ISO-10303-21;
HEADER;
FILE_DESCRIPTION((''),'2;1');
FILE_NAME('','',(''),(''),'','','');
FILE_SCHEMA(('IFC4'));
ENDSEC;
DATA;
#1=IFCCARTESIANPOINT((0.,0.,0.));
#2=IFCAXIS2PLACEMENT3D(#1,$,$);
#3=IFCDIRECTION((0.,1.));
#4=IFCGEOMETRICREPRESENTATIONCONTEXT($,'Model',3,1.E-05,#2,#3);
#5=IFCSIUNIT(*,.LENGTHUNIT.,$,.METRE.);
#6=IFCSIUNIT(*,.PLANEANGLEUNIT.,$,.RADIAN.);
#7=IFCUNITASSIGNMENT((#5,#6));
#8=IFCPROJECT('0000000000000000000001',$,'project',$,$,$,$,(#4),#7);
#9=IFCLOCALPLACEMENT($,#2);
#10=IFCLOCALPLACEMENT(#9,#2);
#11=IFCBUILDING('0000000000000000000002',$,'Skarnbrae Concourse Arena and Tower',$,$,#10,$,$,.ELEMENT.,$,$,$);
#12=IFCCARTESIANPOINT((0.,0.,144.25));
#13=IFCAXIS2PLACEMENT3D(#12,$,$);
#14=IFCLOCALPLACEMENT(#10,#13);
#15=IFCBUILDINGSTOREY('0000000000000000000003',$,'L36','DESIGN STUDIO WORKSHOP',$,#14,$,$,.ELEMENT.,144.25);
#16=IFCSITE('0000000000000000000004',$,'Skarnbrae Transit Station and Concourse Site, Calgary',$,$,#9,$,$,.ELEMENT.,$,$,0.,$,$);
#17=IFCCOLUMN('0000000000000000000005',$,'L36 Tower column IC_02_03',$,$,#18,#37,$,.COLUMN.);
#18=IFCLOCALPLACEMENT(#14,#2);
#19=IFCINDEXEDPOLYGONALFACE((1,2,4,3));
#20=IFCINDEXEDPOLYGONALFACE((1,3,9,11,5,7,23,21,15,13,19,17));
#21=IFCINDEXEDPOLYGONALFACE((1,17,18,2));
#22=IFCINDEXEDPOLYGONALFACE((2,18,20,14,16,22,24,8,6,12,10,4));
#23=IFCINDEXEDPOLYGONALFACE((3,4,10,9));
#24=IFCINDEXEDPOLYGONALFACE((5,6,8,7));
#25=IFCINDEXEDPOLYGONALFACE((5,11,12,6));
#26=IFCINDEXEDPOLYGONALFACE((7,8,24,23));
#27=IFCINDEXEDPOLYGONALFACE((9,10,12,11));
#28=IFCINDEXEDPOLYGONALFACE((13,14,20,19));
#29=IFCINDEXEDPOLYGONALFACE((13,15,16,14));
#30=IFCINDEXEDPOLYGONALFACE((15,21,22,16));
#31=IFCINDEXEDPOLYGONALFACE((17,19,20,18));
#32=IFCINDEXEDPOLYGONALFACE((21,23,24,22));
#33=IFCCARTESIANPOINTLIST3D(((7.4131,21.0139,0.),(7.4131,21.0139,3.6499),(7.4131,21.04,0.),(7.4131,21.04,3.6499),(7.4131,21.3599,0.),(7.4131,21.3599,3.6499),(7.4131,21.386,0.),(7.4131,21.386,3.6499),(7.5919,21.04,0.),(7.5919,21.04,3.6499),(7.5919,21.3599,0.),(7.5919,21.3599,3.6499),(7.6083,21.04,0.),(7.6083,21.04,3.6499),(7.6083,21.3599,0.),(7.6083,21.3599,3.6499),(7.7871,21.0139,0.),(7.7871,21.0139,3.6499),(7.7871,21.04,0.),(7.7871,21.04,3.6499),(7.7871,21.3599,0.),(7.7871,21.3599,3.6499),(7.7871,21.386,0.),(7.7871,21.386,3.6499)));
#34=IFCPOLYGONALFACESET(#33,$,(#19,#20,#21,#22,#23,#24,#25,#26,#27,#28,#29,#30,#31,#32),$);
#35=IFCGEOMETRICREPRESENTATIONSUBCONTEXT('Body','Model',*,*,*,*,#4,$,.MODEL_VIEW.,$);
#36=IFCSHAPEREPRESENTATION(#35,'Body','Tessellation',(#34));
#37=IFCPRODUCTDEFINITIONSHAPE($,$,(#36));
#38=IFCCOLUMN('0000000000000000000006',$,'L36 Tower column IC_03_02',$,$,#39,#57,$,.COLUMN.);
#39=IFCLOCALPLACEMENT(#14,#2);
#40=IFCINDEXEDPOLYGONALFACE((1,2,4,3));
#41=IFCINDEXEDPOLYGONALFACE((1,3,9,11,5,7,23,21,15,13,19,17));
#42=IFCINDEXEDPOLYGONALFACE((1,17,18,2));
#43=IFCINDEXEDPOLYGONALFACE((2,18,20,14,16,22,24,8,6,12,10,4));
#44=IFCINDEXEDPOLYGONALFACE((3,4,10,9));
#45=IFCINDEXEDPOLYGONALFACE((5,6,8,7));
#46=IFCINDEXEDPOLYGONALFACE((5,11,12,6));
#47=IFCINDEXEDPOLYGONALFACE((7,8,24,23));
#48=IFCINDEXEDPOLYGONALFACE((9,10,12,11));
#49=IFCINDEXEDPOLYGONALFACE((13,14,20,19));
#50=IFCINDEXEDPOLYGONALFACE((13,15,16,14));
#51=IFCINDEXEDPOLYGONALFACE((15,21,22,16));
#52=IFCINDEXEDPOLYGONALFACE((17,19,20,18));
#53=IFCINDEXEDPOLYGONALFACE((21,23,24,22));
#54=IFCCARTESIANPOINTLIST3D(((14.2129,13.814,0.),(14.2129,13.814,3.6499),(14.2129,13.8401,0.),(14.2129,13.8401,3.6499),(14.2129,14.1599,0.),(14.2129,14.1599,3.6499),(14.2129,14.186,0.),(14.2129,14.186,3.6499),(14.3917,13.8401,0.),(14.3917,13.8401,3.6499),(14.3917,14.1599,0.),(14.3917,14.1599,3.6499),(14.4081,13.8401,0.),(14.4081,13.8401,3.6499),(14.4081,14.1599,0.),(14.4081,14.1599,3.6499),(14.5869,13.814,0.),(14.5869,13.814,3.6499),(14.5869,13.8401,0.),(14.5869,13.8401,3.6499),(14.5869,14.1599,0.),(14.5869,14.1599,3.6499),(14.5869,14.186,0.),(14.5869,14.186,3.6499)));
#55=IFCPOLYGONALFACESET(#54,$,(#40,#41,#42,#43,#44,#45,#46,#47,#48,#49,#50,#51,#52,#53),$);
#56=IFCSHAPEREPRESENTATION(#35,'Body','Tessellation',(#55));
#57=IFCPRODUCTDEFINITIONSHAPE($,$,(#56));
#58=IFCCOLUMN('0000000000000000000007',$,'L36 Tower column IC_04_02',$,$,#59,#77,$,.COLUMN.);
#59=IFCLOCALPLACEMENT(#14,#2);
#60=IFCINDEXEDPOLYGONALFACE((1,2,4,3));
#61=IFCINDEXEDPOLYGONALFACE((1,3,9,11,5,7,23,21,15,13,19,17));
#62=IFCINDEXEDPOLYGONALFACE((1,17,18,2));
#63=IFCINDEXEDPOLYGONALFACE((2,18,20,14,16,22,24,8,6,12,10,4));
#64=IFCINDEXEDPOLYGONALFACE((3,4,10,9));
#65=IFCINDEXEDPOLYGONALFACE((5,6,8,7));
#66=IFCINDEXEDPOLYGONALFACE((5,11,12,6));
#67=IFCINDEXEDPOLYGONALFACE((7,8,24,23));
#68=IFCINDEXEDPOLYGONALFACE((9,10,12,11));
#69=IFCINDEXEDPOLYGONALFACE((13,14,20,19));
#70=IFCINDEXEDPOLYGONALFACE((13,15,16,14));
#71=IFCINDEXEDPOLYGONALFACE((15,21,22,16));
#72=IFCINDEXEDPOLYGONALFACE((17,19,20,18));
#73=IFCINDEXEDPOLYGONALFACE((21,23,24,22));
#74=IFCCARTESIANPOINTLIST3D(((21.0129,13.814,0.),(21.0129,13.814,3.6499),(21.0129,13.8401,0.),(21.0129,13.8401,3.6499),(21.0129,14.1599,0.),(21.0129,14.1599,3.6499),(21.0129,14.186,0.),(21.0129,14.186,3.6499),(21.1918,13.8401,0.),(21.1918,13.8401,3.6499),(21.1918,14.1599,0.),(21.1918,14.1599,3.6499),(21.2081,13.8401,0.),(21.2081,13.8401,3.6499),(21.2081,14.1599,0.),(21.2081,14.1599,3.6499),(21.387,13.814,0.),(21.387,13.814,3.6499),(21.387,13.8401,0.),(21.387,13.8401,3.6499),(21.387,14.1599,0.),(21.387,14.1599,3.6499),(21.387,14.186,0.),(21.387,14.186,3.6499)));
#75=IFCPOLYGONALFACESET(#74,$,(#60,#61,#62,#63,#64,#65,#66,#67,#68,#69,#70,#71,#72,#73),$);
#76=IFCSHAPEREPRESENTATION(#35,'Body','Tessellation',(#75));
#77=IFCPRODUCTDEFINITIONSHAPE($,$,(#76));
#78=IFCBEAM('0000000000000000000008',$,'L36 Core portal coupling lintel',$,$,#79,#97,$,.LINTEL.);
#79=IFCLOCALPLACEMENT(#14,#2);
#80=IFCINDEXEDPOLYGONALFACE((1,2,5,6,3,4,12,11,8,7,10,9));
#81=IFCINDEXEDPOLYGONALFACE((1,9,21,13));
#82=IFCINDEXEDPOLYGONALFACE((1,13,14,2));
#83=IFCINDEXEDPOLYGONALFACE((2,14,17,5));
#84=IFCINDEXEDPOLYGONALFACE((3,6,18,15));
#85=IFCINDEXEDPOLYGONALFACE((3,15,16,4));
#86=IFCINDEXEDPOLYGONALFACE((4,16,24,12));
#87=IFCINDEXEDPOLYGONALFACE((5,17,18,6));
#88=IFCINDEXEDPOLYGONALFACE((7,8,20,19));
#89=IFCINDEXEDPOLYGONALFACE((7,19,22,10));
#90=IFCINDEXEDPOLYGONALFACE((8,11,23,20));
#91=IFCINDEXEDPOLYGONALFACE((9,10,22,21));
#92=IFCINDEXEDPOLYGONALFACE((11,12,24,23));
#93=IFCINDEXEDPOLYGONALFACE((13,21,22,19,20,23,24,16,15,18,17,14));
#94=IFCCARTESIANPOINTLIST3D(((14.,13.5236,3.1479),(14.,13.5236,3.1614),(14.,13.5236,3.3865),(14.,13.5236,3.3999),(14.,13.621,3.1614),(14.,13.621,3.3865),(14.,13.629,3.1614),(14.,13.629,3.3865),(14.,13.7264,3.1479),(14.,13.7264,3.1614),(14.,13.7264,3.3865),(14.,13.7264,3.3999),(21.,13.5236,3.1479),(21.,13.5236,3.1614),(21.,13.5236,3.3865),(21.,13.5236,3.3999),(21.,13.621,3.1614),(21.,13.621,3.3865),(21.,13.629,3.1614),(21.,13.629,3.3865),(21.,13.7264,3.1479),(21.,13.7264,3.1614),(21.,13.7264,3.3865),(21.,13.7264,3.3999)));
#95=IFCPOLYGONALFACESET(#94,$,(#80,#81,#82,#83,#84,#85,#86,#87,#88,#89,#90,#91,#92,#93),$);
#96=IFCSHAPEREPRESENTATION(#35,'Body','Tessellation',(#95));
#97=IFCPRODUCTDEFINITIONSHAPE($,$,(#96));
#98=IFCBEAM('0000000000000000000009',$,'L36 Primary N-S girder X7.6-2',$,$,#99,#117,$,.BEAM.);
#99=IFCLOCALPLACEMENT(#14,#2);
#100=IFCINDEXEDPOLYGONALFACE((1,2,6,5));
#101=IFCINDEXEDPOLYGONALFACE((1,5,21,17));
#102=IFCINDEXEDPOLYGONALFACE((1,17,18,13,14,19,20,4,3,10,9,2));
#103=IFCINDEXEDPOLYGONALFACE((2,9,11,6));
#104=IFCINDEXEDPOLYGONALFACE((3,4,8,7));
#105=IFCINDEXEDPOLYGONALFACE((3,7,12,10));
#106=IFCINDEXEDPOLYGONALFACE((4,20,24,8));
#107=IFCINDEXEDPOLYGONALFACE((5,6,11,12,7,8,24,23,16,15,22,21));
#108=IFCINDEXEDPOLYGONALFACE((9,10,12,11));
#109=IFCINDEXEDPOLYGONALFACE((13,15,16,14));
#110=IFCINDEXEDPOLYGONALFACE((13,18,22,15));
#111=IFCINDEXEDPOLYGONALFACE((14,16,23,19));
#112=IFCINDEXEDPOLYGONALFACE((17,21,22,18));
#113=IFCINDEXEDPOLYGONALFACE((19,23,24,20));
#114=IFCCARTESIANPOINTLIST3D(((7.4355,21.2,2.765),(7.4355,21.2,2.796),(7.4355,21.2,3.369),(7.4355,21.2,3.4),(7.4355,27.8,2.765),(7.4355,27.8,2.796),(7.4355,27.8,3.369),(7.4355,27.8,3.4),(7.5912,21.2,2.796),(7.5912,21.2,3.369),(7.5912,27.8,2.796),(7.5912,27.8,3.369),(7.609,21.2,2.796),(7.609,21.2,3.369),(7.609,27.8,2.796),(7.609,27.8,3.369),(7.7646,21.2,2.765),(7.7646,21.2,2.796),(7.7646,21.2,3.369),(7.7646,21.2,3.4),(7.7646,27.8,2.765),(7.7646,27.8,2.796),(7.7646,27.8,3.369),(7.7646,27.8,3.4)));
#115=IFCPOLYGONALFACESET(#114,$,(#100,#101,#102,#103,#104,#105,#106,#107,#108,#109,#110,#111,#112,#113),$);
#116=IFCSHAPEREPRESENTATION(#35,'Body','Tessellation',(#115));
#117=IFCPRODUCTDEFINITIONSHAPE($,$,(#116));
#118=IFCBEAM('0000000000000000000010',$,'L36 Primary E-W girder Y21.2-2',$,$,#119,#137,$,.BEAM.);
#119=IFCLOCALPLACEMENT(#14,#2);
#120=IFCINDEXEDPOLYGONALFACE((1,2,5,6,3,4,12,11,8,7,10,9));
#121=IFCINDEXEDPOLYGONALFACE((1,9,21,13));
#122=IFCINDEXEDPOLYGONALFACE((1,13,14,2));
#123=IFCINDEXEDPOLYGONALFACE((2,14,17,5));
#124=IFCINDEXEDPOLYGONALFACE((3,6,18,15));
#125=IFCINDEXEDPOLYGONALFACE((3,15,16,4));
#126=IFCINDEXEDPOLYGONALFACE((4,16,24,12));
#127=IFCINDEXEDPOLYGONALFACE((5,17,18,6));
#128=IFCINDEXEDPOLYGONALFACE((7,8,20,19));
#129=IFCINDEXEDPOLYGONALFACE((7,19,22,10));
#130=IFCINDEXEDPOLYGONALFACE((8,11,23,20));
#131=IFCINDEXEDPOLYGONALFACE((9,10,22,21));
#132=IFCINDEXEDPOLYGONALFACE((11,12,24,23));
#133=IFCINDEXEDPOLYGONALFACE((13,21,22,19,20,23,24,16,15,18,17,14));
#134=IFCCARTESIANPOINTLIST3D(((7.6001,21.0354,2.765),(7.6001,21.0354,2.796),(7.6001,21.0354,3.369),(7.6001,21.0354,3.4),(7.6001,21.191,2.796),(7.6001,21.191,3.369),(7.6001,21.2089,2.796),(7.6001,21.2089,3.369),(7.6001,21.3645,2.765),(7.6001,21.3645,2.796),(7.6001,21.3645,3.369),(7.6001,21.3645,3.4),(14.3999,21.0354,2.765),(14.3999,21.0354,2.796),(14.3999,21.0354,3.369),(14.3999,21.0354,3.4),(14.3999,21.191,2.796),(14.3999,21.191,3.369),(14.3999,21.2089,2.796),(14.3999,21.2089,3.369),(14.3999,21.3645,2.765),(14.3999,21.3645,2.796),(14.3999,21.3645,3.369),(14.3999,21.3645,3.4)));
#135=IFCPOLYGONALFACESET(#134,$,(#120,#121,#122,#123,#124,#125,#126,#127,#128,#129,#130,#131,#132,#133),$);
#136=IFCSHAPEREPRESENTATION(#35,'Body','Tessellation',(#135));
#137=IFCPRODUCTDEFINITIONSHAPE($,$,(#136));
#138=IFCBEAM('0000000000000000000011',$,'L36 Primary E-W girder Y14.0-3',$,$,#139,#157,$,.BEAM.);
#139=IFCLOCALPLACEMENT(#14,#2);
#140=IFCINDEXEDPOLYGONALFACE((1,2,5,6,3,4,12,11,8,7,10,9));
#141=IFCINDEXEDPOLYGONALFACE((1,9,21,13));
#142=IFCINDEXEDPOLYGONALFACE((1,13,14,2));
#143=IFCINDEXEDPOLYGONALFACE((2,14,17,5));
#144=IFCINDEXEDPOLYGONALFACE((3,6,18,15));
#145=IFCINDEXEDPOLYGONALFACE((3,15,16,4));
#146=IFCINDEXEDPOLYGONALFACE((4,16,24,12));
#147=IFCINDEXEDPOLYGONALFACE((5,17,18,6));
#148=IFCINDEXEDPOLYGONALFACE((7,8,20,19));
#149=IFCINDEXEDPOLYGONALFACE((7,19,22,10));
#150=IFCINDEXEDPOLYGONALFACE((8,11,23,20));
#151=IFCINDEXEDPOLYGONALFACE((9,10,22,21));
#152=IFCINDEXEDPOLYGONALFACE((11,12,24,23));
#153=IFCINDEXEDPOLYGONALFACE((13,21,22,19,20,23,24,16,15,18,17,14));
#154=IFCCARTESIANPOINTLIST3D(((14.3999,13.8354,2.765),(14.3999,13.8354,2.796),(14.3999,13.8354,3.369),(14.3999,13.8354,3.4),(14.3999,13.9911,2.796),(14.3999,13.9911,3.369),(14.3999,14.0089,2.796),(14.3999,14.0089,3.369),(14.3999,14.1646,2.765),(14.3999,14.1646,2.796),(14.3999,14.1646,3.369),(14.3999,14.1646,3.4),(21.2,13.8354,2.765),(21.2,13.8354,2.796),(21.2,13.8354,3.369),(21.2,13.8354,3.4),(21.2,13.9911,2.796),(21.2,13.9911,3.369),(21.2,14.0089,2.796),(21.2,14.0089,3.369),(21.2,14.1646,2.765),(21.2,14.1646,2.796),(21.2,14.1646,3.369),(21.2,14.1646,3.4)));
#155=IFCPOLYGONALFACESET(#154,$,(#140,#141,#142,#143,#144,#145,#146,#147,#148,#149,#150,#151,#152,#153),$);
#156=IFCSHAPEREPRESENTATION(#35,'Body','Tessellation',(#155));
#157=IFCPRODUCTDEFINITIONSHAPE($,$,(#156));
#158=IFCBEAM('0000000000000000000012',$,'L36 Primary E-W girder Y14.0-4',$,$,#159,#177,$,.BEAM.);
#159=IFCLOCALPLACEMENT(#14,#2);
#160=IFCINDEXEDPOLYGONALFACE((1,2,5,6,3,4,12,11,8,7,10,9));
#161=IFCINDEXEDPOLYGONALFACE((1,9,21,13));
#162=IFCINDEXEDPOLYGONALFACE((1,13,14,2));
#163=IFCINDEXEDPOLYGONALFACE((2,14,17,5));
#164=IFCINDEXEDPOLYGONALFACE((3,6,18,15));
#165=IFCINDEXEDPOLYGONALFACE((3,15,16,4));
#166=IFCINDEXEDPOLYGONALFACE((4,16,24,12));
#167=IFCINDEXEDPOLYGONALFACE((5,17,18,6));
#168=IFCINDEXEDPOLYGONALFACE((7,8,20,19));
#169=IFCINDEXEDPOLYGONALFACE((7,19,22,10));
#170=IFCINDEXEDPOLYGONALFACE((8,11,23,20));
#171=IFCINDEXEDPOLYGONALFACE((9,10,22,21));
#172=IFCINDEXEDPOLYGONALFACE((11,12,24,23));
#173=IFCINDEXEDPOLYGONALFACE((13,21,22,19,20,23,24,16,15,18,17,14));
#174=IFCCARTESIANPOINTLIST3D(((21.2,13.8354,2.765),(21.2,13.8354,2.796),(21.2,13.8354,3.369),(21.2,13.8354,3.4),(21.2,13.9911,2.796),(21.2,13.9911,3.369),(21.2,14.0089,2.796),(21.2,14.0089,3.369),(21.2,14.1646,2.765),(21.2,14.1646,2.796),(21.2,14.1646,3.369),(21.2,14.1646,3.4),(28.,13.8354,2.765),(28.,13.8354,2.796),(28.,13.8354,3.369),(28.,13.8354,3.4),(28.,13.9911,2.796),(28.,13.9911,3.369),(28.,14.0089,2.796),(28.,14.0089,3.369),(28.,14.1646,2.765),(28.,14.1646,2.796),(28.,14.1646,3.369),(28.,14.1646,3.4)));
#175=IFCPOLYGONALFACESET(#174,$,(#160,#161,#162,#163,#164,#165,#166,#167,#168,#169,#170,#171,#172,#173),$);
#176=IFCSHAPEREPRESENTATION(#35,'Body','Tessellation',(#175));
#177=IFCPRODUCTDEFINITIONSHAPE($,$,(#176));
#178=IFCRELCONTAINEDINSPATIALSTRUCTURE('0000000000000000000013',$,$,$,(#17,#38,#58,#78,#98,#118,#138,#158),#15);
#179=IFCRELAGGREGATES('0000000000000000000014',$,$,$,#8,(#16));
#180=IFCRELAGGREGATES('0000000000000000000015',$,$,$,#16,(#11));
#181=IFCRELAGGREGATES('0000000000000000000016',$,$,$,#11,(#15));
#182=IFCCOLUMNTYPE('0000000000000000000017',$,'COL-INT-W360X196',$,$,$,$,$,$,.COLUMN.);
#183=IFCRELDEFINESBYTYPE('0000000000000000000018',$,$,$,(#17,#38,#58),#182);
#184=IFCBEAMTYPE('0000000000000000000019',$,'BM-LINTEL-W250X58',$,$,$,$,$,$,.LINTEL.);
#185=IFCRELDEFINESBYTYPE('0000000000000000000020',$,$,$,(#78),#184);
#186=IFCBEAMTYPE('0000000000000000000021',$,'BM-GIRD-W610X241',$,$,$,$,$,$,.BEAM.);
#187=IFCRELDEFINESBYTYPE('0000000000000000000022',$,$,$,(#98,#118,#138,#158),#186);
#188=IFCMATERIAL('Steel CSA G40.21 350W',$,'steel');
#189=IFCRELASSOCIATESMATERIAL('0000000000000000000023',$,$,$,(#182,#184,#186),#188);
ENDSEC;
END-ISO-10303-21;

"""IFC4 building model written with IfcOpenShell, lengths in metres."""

from ifc_helpers import new_model, si_unit, direction, frame, origin, origin_2d, place, context, subcontext, project, spatial, i_section, extrude, source, transform, mapped, material, material_profile, profile_set, type_object, element, save


model = new_model("IFC4")

# Units and contexts
model_context = context("Model", 3, precision=1e-05, world=origin(), true_north=direction((0.0, 1.0)))
body_context = subcontext(model_context, "Body", "Model", "MODEL_VIEW")
ifc_project = project(units=[si_unit("LENGTHUNIT", "METRE"), si_unit("PLANEANGLEUNIT", "RADIAN")], contexts=[model_context])

# Site, building, storey
site_placement = place(None, origin())
site = spatial("IfcSite", under=ifc_project, at=site_placement, Name="Skarnbrae Transit Station and Concourse Site, Calgary", CompositionType="ELEMENT", RefElevation=0.0)
building_placement = place(site_placement, origin())
building = spatial("IfcBuilding", under=site, at=building_placement, Name="Skarnbrae Concourse Arena and Tower", CompositionType="ELEMENT")
storey_placement = place(building_placement, frame((0.0, 0.0, 144.25)))
storey = spatial("IfcBuildingStorey", under=building, at=storey_placement, Name="L36", Description="DESIGN STUDIO WORKSHOP", CompositionType="ELEMENT", Elevation=144.25)

# Columns
ifc_material_1 = material(Name="Steel CSA G40.21 350W", Category="steel")
ifc_material_profile_1 = material_profile(ifc_material_1, i_section(OverallWidth=0.374, OverallDepth=0.3721, WebThickness=0.0164, FlangeThickness=0.0261, at=origin_2d()), Name="W360X196")
ifc_profile_set_1 = profile_set([ifc_material_profile_1], Name="Steel CSA G40.21 350W")
column_type = type_object("IfcColumnType", Name="COL-INT-W360X196", PredefinedType="COLUMN", material=ifc_profile_set_1)
shared_shape_1 = source(origin(), body_context, "Body", "SweptSolid", [
    extrude(i_section(OverallWidth=0.374, OverallDepth=0.3721, WebThickness=0.0164, FlangeThickness=0.0261, at=origin_2d()), origin(), (0.0, 0.0, 1.0), 3.6499),
])
for number, where, z_axis, x_axis, name in (
    (1, (7.6001, 21.2, 0.0), (0.0, 0.0, 1.0), (1.0, 0.0, 0.0), "L36 Tower column IC_02_03"),
    (2, (14.3999, 14.0, 0.0), (0.0, 0.0, 1.0), (1.0, 0.0, 0.0), "L36 Tower column IC_03_02"),
    (3, (21.2, 14.0, 0.0), (0.0, 0.0, 1.0), (1.0, 0.0, 0.0), "L36 Tower column IC_04_02"),
):
    element("IfcColumn", number, at=place(storey_placement, frame(where, z_axis=z_axis, x_axis=x_axis)), inside=storey, type_object=column_type, Name=name, PredefinedType="COLUMN", context=body_context, shape_type="MappedRepresentation", body=[
        mapped(shared_shape_1, transform((0.0, 0.0, 0.0))),
    ])

# Beams
ifc_material_profile_2 = material_profile(ifc_material_1, i_section(OverallWidth=0.2029, OverallDepth=0.252, WebThickness=0.0081, FlangeThickness=0.0134, at=origin_2d()), Name="W250X58")
ifc_profile_set_2 = profile_set([ifc_material_profile_2], Name="Steel CSA G40.21 350W")
beam_type_1 = type_object("IfcBeamType", Name="BM-LINTEL-W250X58", PredefinedType="LINTEL", material=ifc_profile_set_2)
shared_shape_2 = source(origin(), body_context, "Body", "SweptSolid", [
    extrude(i_section(OverallWidth=0.2029, OverallDepth=0.252, WebThickness=0.0081, FlangeThickness=0.0134, at=origin_2d()), origin(), (0.0, 0.0, 1.0), 7.0),
])
beam_1_placement = place(storey_placement, frame((14.0, 13.625, 3.2739), z_axis=(1.0, 0.0, 0.0), x_axis=(0.0, 1.0, 0.0)))
element("IfcBeam", 4, at=beam_1_placement, inside=storey, type_object=beam_type_1, Name="L36 Core portal coupling lintel", PredefinedType="LINTEL", context=body_context, shape_type="MappedRepresentation", body=[
    mapped(shared_shape_2, transform((0.0, 0.0, 0.0))),
])
ifc_material_profile_3 = material_profile(ifc_material_1, i_section(OverallWidth=0.3291, OverallDepth=0.635, WebThickness=0.0178, FlangeThickness=0.031, at=origin_2d()), Name="W610X241")
ifc_profile_set_3 = profile_set([ifc_material_profile_3], Name="Steel CSA G40.21 350W")
beam_type_2 = type_object("IfcBeamType", Name="BM-GIRD-W610X241", PredefinedType="BEAM", material=ifc_profile_set_3)
shared_shape_3 = source(origin(), body_context, "Body", "SweptSolid", [
    extrude(i_section(OverallWidth=0.3291, OverallDepth=0.635, WebThickness=0.0178, FlangeThickness=0.031, at=origin_2d()), origin(), (0.0, 0.0, 1.0), 6.6001),
])
beam_2_placement = place(storey_placement, frame((7.6001, 21.2, 3.0825), z_axis=(0.0, 1.0, 0.0), x_axis=(-1.0, 0.0, 0.0)))
element("IfcBeam", 5, at=beam_2_placement, inside=storey, type_object=beam_type_2, Name="L36 Primary N-S girder X7.6-2", PredefinedType="BEAM", context=body_context, shape_type="MappedRepresentation", body=[
    mapped(shared_shape_3, transform((0.0, 0.0, 0.0))),
])
shared_shape_4 = source(origin(), body_context, "Body", "SweptSolid", [
    extrude(i_section(OverallWidth=0.3291, OverallDepth=0.635, WebThickness=0.0178, FlangeThickness=0.031, at=origin_2d()), origin(), (0.0, 0.0, 1.0), 6.7998),
])
beam_3_placement = place(storey_placement, frame((7.6001, 21.2, 3.0825), z_axis=(1.0, 0.0, 0.0), x_axis=(0.0, 1.0, 0.0)))
element("IfcBeam", 6, at=beam_3_placement, inside=storey, type_object=beam_type_2, Name="L36 Primary E-W girder Y21.2-2", PredefinedType="BEAM", context=body_context, shape_type="MappedRepresentation", body=[
    mapped(shared_shape_4, transform((0.0, 0.0, 0.0))),
])
shared_shape_5 = source(origin(), body_context, "Body", "SweptSolid", [
    extrude(i_section(OverallWidth=0.3291, OverallDepth=0.635, WebThickness=0.0178, FlangeThickness=0.031, at=origin_2d()), origin(), (0.0, 0.0, 1.0), 6.8),
])
for number, where, z_axis, x_axis, name in (
    (7, (14.3999, 14.0, 3.0825), (1.0, 0.0, 0.0), (0.0, 1.0, 0.0), "L36 Primary E-W girder Y14.0-3"),
    (8, (21.2, 14.0, 3.0825), (1.0, 0.0, 0.0), (0.0, 1.0, 0.0), "L36 Primary E-W girder Y14.0-4"),
):
    element("IfcBeam", number, at=place(storey_placement, frame(where, z_axis=z_axis, x_axis=x_axis)), inside=storey, type_object=beam_type_2, Name=name, PredefinedType="BEAM", context=body_context, shape_type="MappedRepresentation", body=[
        mapped(shared_shape_5, transform((0.0, 0.0, 0.0))),
    ])

save(model, "model.ifc")
